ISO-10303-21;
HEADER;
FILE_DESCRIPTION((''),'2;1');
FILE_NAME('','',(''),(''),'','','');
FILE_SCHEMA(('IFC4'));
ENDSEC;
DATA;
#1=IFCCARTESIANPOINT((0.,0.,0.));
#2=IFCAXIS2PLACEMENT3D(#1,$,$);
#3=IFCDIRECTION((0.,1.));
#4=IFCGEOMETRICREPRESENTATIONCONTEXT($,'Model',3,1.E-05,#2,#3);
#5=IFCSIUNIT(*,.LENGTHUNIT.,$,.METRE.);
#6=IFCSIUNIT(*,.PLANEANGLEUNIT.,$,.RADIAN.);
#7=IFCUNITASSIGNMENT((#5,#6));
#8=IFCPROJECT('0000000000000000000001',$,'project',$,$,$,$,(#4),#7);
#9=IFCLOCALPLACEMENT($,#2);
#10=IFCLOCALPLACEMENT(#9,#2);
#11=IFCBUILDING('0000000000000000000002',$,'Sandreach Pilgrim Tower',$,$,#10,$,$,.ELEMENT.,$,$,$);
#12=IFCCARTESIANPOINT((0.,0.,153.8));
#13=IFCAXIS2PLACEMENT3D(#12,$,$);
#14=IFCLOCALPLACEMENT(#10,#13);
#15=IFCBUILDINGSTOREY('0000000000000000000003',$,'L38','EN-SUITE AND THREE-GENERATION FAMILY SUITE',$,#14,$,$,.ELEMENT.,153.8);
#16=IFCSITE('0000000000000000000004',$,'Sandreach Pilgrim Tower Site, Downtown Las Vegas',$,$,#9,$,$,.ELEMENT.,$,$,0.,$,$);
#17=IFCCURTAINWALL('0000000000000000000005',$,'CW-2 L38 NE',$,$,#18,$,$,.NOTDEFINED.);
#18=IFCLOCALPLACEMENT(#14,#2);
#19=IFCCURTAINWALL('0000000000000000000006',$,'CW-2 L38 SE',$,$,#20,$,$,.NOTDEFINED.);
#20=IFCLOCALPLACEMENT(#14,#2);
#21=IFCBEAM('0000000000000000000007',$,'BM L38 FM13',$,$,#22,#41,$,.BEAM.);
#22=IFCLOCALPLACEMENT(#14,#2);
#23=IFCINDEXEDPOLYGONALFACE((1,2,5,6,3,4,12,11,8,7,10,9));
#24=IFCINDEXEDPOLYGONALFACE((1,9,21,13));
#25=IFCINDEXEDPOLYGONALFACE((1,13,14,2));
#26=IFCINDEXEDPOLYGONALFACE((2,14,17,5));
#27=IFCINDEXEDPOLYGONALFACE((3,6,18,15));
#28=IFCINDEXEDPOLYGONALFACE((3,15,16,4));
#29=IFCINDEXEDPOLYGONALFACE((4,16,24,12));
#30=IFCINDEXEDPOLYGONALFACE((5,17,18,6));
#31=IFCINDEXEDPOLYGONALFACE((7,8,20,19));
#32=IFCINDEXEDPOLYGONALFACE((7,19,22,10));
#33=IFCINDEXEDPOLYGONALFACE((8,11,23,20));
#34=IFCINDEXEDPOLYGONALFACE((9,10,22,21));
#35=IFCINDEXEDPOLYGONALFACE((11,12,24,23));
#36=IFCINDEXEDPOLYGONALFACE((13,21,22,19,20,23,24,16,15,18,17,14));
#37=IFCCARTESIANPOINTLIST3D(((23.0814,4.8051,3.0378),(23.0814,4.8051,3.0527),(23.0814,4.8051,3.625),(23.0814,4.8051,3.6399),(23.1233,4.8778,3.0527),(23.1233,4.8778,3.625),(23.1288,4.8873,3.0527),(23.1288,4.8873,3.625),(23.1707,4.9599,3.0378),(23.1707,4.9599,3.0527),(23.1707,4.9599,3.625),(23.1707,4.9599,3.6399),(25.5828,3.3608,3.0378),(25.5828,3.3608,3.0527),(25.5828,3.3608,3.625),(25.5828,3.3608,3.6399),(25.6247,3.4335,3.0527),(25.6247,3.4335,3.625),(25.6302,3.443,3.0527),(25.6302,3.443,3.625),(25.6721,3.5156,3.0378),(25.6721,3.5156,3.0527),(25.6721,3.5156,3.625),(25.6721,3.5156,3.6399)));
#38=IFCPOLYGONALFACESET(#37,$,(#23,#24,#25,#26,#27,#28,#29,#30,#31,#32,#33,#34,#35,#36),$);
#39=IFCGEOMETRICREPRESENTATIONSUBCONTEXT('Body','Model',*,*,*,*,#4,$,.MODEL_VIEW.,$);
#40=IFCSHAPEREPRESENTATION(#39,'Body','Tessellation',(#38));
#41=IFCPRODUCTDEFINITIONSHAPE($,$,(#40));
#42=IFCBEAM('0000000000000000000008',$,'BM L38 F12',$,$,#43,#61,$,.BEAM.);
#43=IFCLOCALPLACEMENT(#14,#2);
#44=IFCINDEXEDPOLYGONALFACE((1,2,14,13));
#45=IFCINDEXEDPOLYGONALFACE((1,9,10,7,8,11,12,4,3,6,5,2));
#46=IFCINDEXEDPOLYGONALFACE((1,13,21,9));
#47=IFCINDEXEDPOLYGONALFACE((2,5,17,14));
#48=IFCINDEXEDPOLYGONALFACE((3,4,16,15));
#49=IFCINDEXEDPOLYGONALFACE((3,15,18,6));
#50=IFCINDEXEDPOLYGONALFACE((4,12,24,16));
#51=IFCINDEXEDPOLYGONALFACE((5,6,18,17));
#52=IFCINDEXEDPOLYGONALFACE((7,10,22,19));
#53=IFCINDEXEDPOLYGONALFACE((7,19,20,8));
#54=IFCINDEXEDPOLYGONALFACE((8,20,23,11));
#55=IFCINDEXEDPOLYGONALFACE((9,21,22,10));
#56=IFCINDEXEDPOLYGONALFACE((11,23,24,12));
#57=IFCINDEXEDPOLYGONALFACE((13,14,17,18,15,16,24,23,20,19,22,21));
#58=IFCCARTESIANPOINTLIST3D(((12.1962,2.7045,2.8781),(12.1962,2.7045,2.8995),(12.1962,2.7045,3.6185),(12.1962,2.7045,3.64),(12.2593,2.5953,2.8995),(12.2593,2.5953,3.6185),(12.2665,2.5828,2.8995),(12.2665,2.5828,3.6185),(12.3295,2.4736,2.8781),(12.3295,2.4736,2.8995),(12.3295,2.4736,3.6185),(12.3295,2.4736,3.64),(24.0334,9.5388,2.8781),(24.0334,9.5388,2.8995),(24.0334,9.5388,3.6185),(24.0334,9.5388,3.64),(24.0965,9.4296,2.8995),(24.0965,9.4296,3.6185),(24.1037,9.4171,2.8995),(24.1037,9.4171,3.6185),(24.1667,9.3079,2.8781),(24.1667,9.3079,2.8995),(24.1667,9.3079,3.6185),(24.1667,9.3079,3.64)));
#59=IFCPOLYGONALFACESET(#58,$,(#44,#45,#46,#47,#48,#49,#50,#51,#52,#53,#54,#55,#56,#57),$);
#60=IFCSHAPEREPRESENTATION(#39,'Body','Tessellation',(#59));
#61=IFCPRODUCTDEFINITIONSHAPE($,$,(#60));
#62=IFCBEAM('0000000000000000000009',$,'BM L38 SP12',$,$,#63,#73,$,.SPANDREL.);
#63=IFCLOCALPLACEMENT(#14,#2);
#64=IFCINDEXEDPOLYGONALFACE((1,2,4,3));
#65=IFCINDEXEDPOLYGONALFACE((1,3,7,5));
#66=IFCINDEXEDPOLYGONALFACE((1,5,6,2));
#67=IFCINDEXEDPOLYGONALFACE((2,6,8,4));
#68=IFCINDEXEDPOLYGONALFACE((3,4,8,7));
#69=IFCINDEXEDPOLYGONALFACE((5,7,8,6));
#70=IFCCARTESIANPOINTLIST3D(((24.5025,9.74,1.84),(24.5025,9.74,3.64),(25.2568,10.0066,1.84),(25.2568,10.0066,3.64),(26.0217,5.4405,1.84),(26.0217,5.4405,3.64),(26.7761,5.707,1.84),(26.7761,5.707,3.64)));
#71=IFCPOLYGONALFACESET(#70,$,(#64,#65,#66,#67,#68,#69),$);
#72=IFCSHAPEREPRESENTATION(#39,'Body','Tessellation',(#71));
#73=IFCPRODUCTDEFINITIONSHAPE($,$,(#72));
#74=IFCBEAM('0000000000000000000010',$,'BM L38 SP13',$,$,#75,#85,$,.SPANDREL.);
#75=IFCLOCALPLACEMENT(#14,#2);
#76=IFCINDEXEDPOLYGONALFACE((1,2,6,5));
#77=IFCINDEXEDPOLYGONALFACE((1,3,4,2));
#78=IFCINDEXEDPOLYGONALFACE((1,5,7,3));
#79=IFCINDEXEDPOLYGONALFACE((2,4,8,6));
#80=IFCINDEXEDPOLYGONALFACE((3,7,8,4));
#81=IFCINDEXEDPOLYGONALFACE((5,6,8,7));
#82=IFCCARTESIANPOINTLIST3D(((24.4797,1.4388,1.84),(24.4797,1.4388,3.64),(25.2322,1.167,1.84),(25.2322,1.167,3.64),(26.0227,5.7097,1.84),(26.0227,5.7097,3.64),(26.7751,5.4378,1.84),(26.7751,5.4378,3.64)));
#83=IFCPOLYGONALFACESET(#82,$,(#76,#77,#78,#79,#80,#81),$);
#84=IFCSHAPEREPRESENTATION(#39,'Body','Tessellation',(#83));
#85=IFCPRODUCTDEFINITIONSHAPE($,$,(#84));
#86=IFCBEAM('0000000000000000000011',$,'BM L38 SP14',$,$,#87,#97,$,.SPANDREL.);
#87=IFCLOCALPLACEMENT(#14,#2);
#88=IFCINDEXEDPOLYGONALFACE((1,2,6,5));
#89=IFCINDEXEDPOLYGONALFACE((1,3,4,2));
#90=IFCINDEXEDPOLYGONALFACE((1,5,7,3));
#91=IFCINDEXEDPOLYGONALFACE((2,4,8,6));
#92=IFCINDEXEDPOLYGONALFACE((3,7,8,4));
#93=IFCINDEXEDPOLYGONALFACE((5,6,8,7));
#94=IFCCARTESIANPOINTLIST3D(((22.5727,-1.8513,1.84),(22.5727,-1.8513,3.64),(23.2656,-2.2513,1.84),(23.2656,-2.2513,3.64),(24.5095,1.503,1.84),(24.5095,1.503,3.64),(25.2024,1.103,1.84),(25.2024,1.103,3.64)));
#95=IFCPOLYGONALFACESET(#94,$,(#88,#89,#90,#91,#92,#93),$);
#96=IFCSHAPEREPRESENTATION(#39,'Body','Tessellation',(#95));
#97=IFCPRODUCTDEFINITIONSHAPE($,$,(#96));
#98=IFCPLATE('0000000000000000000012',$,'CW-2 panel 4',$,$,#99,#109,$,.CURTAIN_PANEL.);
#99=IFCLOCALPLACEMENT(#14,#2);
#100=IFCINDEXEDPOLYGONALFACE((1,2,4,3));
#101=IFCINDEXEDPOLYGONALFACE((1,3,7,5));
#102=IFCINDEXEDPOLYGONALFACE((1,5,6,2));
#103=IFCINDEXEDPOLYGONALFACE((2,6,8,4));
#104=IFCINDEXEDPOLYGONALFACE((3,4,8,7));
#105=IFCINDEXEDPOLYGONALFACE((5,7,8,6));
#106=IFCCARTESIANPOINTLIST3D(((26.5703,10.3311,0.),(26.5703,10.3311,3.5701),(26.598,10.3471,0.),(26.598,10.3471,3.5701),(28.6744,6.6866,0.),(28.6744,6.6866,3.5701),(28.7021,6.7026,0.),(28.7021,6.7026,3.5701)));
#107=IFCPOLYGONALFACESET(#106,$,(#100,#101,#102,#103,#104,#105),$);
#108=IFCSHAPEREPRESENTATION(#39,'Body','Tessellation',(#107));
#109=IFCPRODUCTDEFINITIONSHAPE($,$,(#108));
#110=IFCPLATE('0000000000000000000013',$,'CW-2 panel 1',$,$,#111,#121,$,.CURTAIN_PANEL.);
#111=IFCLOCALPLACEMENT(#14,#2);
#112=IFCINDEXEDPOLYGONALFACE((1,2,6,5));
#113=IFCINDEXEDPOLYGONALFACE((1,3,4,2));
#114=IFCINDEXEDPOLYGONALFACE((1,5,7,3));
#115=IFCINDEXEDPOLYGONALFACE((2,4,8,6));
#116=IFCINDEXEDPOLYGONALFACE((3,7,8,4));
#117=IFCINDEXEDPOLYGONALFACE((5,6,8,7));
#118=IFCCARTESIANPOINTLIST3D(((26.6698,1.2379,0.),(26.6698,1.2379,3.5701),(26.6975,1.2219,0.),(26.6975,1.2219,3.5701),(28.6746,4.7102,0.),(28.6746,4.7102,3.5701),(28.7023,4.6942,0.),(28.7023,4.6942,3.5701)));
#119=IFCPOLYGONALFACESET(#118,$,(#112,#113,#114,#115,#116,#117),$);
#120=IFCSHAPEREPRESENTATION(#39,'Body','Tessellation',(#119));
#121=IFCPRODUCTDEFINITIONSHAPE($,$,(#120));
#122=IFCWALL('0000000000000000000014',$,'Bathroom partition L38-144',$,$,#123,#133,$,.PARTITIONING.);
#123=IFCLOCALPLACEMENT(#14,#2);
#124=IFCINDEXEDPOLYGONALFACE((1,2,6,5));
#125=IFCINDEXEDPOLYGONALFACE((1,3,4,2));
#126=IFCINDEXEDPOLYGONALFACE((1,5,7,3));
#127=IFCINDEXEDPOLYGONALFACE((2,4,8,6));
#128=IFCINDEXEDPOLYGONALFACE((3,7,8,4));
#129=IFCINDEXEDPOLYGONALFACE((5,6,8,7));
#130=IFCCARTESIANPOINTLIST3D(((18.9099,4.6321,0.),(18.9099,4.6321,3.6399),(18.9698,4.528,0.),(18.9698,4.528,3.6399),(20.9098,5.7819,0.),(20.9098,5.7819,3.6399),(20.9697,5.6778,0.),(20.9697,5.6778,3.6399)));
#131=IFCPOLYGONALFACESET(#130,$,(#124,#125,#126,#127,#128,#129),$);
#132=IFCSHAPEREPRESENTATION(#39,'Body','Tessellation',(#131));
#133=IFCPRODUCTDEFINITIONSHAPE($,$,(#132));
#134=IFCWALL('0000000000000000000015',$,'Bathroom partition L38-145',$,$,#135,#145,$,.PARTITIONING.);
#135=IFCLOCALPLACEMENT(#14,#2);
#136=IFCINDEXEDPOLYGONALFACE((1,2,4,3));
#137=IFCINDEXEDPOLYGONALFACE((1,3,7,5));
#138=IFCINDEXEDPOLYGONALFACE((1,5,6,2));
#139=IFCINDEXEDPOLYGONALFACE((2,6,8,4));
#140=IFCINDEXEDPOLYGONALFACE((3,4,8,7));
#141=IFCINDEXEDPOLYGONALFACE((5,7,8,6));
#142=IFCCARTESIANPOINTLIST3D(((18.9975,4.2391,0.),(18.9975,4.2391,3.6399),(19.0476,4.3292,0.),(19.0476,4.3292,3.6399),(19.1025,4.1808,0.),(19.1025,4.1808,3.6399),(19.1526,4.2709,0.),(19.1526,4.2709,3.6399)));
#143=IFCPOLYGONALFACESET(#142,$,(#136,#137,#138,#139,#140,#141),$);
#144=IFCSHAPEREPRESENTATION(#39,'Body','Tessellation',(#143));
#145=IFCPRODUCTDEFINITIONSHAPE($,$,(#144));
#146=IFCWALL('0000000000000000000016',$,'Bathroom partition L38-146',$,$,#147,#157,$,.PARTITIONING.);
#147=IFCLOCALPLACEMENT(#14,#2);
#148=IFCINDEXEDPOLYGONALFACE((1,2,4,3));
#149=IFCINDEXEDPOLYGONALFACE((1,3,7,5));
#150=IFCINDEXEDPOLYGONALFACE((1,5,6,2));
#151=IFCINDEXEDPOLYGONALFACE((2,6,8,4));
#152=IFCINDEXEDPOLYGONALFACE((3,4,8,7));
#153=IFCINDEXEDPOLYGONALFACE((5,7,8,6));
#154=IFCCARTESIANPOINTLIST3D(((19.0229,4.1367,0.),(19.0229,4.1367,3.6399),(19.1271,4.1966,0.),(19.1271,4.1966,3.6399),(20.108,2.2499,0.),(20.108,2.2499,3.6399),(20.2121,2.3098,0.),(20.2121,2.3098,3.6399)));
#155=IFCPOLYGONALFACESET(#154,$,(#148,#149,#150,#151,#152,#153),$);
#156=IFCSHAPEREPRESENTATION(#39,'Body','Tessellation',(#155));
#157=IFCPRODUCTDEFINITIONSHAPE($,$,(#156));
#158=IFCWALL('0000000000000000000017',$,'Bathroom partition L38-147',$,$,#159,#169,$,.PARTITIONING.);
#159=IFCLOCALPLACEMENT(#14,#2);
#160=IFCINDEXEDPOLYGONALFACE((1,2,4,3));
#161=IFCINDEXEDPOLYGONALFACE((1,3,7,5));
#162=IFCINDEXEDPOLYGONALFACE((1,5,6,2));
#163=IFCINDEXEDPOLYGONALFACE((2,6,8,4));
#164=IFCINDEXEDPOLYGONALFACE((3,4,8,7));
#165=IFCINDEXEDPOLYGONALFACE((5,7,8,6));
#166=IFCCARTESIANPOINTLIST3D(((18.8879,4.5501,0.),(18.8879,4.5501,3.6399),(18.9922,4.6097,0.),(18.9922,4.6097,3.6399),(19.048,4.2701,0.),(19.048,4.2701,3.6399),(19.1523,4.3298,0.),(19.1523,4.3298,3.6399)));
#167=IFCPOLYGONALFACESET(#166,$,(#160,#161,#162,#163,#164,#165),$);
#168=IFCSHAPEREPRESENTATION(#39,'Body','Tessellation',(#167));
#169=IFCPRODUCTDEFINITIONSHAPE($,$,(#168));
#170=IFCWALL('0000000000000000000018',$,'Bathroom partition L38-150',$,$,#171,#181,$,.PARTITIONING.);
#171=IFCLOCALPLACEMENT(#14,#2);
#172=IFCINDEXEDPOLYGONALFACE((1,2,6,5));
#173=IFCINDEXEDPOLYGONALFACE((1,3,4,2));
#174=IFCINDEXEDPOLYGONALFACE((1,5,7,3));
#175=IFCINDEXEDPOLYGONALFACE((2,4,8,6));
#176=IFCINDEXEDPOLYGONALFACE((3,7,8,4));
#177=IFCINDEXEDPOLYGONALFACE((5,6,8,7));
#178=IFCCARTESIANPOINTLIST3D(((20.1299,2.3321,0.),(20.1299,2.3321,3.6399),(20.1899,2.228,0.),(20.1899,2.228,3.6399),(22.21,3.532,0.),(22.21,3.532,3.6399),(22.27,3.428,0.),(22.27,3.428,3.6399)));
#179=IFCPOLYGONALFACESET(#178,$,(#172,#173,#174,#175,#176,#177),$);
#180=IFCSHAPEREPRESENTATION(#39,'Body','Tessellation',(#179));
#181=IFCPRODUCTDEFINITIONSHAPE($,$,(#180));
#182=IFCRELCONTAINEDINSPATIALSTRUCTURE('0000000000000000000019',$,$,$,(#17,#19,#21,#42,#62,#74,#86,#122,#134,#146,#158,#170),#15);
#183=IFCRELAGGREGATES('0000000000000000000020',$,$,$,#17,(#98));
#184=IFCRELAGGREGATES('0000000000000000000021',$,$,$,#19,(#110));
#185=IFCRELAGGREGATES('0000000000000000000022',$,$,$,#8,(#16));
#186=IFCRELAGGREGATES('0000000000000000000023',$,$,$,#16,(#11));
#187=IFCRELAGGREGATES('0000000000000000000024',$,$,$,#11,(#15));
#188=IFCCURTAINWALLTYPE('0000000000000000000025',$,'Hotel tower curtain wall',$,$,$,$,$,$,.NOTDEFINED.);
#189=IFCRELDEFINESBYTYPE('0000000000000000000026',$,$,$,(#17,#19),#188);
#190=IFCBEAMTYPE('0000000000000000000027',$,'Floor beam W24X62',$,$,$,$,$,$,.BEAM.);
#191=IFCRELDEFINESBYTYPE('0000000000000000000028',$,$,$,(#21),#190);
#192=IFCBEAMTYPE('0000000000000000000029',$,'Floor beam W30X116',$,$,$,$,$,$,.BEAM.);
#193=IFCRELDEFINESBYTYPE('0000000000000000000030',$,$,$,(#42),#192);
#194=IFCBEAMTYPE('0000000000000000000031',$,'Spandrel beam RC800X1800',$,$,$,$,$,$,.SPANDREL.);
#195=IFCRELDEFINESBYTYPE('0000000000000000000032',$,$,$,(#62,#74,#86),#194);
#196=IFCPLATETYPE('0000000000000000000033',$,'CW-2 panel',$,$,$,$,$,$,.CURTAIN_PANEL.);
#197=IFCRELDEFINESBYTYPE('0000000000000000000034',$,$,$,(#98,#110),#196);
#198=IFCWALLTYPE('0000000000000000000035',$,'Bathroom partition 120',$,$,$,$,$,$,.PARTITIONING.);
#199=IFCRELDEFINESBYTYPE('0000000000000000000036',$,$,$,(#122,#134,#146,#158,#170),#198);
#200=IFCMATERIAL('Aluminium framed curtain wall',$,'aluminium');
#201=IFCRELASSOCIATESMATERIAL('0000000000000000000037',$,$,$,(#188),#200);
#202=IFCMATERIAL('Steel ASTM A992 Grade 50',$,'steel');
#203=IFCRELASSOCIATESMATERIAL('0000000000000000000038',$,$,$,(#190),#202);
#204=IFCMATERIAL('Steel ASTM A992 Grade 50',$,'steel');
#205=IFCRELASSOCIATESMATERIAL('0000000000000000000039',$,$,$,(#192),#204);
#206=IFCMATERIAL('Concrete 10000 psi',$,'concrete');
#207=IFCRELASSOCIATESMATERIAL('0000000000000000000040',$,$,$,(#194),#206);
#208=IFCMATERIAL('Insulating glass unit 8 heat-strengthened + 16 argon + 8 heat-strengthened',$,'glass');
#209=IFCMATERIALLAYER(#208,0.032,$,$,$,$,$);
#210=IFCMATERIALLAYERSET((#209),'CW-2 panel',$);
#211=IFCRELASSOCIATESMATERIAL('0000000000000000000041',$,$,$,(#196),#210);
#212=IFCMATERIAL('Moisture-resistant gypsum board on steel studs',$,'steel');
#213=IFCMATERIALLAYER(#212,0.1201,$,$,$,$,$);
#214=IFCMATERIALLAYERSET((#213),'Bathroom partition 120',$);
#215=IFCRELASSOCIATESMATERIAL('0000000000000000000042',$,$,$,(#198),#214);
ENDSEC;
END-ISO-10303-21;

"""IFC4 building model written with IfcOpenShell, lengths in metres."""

from ifc_helpers import new_model, si_unit, direction, frame, frame_2d, origin, origin_2d, place, context, subcontext, project, spatial, rectangle, i_section, extrude, material, layer, layer_set, material_profile, profile_set, type_object, element, aggregate, save


model = new_model("IFC4")

# Units and contexts
model_context = context("Model", 3, precision=1e-05, world=origin(), true_north=direction((0.0, 1.0)))
body_context = subcontext(model_context, "Body", "Model", "MODEL_VIEW")
ifc_project = project(units=[si_unit("LENGTHUNIT", "METRE"), si_unit("PLANEANGLEUNIT", "RADIAN")], contexts=[model_context])

# Site, building, storey
site_placement = place(None, origin())
site = spatial("IfcSite", under=ifc_project, at=site_placement, Name="Sandreach Pilgrim Tower Site, Downtown Las Vegas", CompositionType="ELEMENT", RefElevation=0.0)
building_placement = place(site_placement, origin())
building = spatial("IfcBuilding", under=site, at=building_placement, Name="Sandreach Pilgrim Tower", CompositionType="ELEMENT")
storey_placement = place(building_placement, frame((0.0, 0.0, 153.8)))
storey = spatial("IfcBuildingStorey", under=building, at=storey_placement, Name="L38", Description="EN-SUITE AND THREE-GENERATION FAMILY SUITE", CompositionType="ELEMENT", Elevation=153.8)

# Curtain wall
ifc_material_1 = material(Name="Aluminium framed curtain wall", Category="aluminium")
curtain_wall_type = type_object("IfcCurtainWallType", Name="Hotel tower curtain wall", PredefinedType="NOTDEFINED", material=ifc_material_1)
curtain_wall_1_placement = place(storey_placement, origin())
curtain_wall_1 = element("IfcCurtainWall", 1, at=curtain_wall_1_placement, inside=storey, type_object=curtain_wall_type, Name="CW-2 L38 NE", PredefinedType="NOTDEFINED")

# Curtain wall
curtain_wall_2_placement = place(storey_placement, origin())
curtain_wall_2 = element("IfcCurtainWall", 2, at=curtain_wall_2_placement, inside=storey, type_object=curtain_wall_type, Name="CW-2 L38 SE", PredefinedType="NOTDEFINED")

# Beams
ifc_material_2 = material(Name="Steel ASTM A992 Grade 50", Category="steel")
ifc_material_profile_1 = material_profile(ifc_material_2, i_section(OverallWidth=0.1787, OverallDepth=0.6021, WebThickness=0.011, FlangeThickness=0.0149, at=origin_2d()), Name="W24X62")
ifc_profile_set_1 = profile_set([ifc_material_profile_1], Name="Steel ASTM A992 Grade 50")
beam_type_1 = type_object("IfcBeamType", Name="Floor beam W24X62", PredefinedType="BEAM", material=ifc_profile_set_1)
beam_1_placement = place(storey_placement, frame((25.6274, 3.4382, 3.3389), z_axis=(-0.866008, 0.50003, 0.0), x_axis=(-0.50003, -0.866008, 0.0)))
element("IfcBeam", 3, at=beam_1_placement, inside=storey, type_object=beam_type_1, Name="BM L38 FM13", PredefinedType="BEAM", context=body_context, shape_type="SweptSolid", body=[
    extrude(i_section(OverallWidth=0.1787, OverallDepth=0.6021, WebThickness=0.011, FlangeThickness=0.0149, at=origin_2d()), origin(), (0.0, 0.0, 1.0), 2.8884),
])
ifc_material_3 = material(Name="Steel ASTM A992 Grade 50", Category="steel")
ifc_material_profile_2 = material_profile(ifc_material_3, i_section(OverallWidth=0.2666, OverallDepth=0.762, WebThickness=0.0144, FlangeThickness=0.0215, at=origin_2d()), Name="W30X116")
ifc_profile_set_2 = profile_set([ifc_material_profile_2], Name="Steel ASTM A992 Grade 50")
beam_type_2 = type_object("IfcBeamType", Name="Floor beam W30X116", PredefinedType="BEAM", material=ifc_profile_set_2)
beam_2_placement = place(storey_placement, frame((24.1001, 9.4233, 3.259), z_axis=(-0.866024, -0.500002, 0.0), x_axis=(0.500002, -0.866024, 0.0)))
element("IfcBeam", 4, at=beam_2_placement, inside=storey, type_object=beam_type_2, Name="BM L38 F12", PredefinedType="BEAM", context=body_context, shape_type="SweptSolid", body=[
    extrude(i_section(OverallWidth=0.2666, OverallDepth=0.762, WebThickness=0.0144, FlangeThickness=0.0215, at=origin_2d()), origin(), (0.0, 0.0, 1.0), 13.6685),
])
ifc_material_4 = material(Name="Concrete 10000 psi", Category="concrete")
ifc_material_profile_3 = material_profile(ifc_material_4, rectangle(XDim=0.8, YDim=1.8, at=origin_2d()), Name="RC800X1800")
ifc_profile_set_3 = profile_set([ifc_material_profile_3], Name="Concrete 10000 psi")
beam_type_3 = type_object("IfcBeamType", Name="Spandrel beam RC800X1800", PredefinedType="SPANDREL", material=ifc_profile_set_3)
beam_3_placement = place(storey_placement, frame((24.8796, 9.8733, 2.74), z_axis=(0.33317, -0.942867, 0.0), x_axis=(0.942867, 0.33317, 0.0)))
element("IfcBeam", 5, at=beam_3_placement, inside=storey, type_object=beam_type_3, Name="BM L38 SP12", PredefinedType="SPANDREL", context=body_context, shape_type="SweptSolid", body=[
    extrude(rectangle(XDim=0.8, YDim=1.8, at=origin_2d()), origin(), (0.0, 0.0, 1.0), 4.5601),
])
beam_4_placement = place(storey_placement, frame((26.3989, 5.5737, 2.74), z_axis=(-0.339791, -0.940501, 0.0), x_axis=(0.940501, -0.339791, 0.0)))
element("IfcBeam", 6, at=beam_4_placement, inside=storey, type_object=beam_type_3, Name="BM L38 SP13", PredefinedType="SPANDREL", context=body_context, shape_type="SweptSolid", body=[
    extrude(rectangle(XDim=0.8, YDim=1.8, at=origin_2d()), origin(), (0.0, 0.0, 1.0), 4.541),
])
beam_5_placement = place(storey_placement, frame((24.856, 1.303, 2.74), z_axis=(-0.500037, -0.866004, 0.0), x_axis=(0.866004, -0.500037, 0.0)))
element("IfcBeam", 7, at=beam_5_placement, inside=storey, type_object=beam_type_3, Name="BM L38 SP14", PredefinedType="SPANDREL", context=body_context, shape_type="SweptSolid", body=[
    extrude(rectangle(XDim=0.8, YDim=1.8, at=origin_2d()), origin(), (0.0, 0.0, 1.0), 3.8733),
])

# Plates
ifc_material_5 = material(Name="Insulating glass unit 8 heat-strengthened + 16 argon + 8 heat-strengthened", Category="glass")
ifc_layer_1 = layer(ifc_material_5, 0.032)
ifc_layer_set_1 = layer_set([ifc_layer_1], Name="CW-2 panel")
plate_type = type_object("IfcPlateType", Name="CW-2 panel", PredefinedType="CURTAIN_PANEL", material=ifc_layer_set_1)
plate_1_placement = place(storey_placement, frame((27.6362, 8.5168, 0.0), z_axis=(0.0, 0.0, 1.0), x_axis=(0.5, -0.866025, 0.0)))
plate_1 = element("IfcPlate", 8, at=plate_1_placement, type_object=plate_type, Name="CW-2 panel 4", PredefinedType="CURTAIN_PANEL", context=body_context, shape_type="SweptSolid", body=[
    extrude(rectangle(XDim=4.2083, YDim=0.032, at=origin_2d()), origin(), (0.0, 0.0, 1.0), 3.5701),
])
aggregate(curtain_wall_1, [plate_1])
plate_2_placement = place(storey_placement, frame((27.686, 2.9661, 0.0), z_axis=(0.0, 0.0, 1.0), x_axis=(-0.5, -0.866025, 0.0)))
plate_2 = element("IfcPlate", 9, at=plate_2_placement, type_object=plate_type, Name="CW-2 panel 1", PredefinedType="CURTAIN_PANEL", context=body_context, shape_type="SweptSolid", body=[
    extrude(rectangle(XDim=4.0095, YDim=0.032, at=origin_2d()), origin(), (0.0, 0.0, 1.0), 3.5701),
])
aggregate(curtain_wall_2, [plate_2])

# Walls
ifc_material_6 = material(Name="Moisture-resistant gypsum board on steel studs", Category="steel")
ifc_layer_2 = layer(ifc_material_6, 0.1201)
ifc_layer_set_2 = layer_set([ifc_layer_2], Name="Bathroom partition 120")
wall_type_1 = type_object("IfcWallType", Name="Bathroom partition 120", PredefinedType="PARTITIONING", material=ifc_layer_set_2)
wall_1_placement = place(storey_placement, frame((18.9399, 4.5801, 0.0), z_axis=(0.0, 0.0, 1.0), x_axis=(0.866925, 0.498439, 0.0)))
element("IfcWall", 10, at=wall_1_placement, inside=storey, type_object=wall_type_1, Name="Bathroom partition L38-144", PredefinedType="PARTITIONING", context=body_context, shape_type="SweptSolid", body=[
    extrude(rectangle(XDim=2.3069, YDim=0.1201, at=frame_2d((1.1533, 0.0))), origin(), (0.0, 0.0, 1.0), 3.6399),
])
wall_2_placement = place(storey_placement, frame((19.05, 4.21, 0.0), z_axis=(0.0, 0.0, 1.0), x_axis=(0.485643, 0.874157, 0.0)))
element("IfcWall", 11, at=wall_2_placement, inside=storey, type_object=wall_type_1, Name="Bathroom partition L38-145", PredefinedType="PARTITIONING", context=body_context, shape_type="SweptSolid", body=[
    extrude(rectangle(XDim=0.103, YDim=0.1201, at=frame_2d((0.0515, 0.0))), origin(), (0.0, 0.0, 1.0), 3.6399),
])
wall_3_placement = place(storey_placement, frame((19.075, 4.1667, 0.0), z_axis=(0.0, 0.0, 1.0), x_axis=(0.498505, -0.866887, 0.0)))
element("IfcWall", 12, at=wall_3_placement, inside=storey, type_object=wall_type_1, Name="Bathroom partition L38-146", PredefinedType="PARTITIONING", context=body_context, shape_type="SweptSolid", body=[
    extrude(rectangle(XDim=2.1765, YDim=0.1201, at=frame_2d((1.0884, 0.0))), origin(), (0.0, 0.0, 1.0), 3.6399),
])
wall_4_placement = place(storey_placement, frame((19.1001, 4.3, 0.0), z_axis=(0.0, 0.0, 1.0), x_axis=(-0.496465, 0.868057, 0.0)))
element("IfcWall", 13, at=wall_4_placement, inside=storey, type_object=wall_type_1, Name="Bathroom partition L38-147", PredefinedType="PARTITIONING", context=body_context, shape_type="SweptSolid", body=[
    extrude(rectangle(XDim=0.3225, YDim=0.1201, at=frame_2d((0.1611, 0.0))), origin(), (0.0, 0.0, 1.0), 3.6399),
])
wall_5_placement = place(storey_placement, frame((20.1599, 2.28, 0.0), z_axis=(0.0, 0.0, 1.0), x_axis=(0.866203, 0.499693, 0.0)))
element("IfcWall", 14, at=wall_5_placement, inside=storey, type_object=wall_type_1, Name="Bathroom partition L38-150", PredefinedType="PARTITIONING", context=body_context, shape_type="SweptSolid", body=[
    extrude(rectangle(XDim=2.4014, YDim=0.1201, at=frame_2d((1.2007, 0.0))), origin(), (0.0, 0.0, 1.0), 3.6399),
])

save(model, "model.ifc")
